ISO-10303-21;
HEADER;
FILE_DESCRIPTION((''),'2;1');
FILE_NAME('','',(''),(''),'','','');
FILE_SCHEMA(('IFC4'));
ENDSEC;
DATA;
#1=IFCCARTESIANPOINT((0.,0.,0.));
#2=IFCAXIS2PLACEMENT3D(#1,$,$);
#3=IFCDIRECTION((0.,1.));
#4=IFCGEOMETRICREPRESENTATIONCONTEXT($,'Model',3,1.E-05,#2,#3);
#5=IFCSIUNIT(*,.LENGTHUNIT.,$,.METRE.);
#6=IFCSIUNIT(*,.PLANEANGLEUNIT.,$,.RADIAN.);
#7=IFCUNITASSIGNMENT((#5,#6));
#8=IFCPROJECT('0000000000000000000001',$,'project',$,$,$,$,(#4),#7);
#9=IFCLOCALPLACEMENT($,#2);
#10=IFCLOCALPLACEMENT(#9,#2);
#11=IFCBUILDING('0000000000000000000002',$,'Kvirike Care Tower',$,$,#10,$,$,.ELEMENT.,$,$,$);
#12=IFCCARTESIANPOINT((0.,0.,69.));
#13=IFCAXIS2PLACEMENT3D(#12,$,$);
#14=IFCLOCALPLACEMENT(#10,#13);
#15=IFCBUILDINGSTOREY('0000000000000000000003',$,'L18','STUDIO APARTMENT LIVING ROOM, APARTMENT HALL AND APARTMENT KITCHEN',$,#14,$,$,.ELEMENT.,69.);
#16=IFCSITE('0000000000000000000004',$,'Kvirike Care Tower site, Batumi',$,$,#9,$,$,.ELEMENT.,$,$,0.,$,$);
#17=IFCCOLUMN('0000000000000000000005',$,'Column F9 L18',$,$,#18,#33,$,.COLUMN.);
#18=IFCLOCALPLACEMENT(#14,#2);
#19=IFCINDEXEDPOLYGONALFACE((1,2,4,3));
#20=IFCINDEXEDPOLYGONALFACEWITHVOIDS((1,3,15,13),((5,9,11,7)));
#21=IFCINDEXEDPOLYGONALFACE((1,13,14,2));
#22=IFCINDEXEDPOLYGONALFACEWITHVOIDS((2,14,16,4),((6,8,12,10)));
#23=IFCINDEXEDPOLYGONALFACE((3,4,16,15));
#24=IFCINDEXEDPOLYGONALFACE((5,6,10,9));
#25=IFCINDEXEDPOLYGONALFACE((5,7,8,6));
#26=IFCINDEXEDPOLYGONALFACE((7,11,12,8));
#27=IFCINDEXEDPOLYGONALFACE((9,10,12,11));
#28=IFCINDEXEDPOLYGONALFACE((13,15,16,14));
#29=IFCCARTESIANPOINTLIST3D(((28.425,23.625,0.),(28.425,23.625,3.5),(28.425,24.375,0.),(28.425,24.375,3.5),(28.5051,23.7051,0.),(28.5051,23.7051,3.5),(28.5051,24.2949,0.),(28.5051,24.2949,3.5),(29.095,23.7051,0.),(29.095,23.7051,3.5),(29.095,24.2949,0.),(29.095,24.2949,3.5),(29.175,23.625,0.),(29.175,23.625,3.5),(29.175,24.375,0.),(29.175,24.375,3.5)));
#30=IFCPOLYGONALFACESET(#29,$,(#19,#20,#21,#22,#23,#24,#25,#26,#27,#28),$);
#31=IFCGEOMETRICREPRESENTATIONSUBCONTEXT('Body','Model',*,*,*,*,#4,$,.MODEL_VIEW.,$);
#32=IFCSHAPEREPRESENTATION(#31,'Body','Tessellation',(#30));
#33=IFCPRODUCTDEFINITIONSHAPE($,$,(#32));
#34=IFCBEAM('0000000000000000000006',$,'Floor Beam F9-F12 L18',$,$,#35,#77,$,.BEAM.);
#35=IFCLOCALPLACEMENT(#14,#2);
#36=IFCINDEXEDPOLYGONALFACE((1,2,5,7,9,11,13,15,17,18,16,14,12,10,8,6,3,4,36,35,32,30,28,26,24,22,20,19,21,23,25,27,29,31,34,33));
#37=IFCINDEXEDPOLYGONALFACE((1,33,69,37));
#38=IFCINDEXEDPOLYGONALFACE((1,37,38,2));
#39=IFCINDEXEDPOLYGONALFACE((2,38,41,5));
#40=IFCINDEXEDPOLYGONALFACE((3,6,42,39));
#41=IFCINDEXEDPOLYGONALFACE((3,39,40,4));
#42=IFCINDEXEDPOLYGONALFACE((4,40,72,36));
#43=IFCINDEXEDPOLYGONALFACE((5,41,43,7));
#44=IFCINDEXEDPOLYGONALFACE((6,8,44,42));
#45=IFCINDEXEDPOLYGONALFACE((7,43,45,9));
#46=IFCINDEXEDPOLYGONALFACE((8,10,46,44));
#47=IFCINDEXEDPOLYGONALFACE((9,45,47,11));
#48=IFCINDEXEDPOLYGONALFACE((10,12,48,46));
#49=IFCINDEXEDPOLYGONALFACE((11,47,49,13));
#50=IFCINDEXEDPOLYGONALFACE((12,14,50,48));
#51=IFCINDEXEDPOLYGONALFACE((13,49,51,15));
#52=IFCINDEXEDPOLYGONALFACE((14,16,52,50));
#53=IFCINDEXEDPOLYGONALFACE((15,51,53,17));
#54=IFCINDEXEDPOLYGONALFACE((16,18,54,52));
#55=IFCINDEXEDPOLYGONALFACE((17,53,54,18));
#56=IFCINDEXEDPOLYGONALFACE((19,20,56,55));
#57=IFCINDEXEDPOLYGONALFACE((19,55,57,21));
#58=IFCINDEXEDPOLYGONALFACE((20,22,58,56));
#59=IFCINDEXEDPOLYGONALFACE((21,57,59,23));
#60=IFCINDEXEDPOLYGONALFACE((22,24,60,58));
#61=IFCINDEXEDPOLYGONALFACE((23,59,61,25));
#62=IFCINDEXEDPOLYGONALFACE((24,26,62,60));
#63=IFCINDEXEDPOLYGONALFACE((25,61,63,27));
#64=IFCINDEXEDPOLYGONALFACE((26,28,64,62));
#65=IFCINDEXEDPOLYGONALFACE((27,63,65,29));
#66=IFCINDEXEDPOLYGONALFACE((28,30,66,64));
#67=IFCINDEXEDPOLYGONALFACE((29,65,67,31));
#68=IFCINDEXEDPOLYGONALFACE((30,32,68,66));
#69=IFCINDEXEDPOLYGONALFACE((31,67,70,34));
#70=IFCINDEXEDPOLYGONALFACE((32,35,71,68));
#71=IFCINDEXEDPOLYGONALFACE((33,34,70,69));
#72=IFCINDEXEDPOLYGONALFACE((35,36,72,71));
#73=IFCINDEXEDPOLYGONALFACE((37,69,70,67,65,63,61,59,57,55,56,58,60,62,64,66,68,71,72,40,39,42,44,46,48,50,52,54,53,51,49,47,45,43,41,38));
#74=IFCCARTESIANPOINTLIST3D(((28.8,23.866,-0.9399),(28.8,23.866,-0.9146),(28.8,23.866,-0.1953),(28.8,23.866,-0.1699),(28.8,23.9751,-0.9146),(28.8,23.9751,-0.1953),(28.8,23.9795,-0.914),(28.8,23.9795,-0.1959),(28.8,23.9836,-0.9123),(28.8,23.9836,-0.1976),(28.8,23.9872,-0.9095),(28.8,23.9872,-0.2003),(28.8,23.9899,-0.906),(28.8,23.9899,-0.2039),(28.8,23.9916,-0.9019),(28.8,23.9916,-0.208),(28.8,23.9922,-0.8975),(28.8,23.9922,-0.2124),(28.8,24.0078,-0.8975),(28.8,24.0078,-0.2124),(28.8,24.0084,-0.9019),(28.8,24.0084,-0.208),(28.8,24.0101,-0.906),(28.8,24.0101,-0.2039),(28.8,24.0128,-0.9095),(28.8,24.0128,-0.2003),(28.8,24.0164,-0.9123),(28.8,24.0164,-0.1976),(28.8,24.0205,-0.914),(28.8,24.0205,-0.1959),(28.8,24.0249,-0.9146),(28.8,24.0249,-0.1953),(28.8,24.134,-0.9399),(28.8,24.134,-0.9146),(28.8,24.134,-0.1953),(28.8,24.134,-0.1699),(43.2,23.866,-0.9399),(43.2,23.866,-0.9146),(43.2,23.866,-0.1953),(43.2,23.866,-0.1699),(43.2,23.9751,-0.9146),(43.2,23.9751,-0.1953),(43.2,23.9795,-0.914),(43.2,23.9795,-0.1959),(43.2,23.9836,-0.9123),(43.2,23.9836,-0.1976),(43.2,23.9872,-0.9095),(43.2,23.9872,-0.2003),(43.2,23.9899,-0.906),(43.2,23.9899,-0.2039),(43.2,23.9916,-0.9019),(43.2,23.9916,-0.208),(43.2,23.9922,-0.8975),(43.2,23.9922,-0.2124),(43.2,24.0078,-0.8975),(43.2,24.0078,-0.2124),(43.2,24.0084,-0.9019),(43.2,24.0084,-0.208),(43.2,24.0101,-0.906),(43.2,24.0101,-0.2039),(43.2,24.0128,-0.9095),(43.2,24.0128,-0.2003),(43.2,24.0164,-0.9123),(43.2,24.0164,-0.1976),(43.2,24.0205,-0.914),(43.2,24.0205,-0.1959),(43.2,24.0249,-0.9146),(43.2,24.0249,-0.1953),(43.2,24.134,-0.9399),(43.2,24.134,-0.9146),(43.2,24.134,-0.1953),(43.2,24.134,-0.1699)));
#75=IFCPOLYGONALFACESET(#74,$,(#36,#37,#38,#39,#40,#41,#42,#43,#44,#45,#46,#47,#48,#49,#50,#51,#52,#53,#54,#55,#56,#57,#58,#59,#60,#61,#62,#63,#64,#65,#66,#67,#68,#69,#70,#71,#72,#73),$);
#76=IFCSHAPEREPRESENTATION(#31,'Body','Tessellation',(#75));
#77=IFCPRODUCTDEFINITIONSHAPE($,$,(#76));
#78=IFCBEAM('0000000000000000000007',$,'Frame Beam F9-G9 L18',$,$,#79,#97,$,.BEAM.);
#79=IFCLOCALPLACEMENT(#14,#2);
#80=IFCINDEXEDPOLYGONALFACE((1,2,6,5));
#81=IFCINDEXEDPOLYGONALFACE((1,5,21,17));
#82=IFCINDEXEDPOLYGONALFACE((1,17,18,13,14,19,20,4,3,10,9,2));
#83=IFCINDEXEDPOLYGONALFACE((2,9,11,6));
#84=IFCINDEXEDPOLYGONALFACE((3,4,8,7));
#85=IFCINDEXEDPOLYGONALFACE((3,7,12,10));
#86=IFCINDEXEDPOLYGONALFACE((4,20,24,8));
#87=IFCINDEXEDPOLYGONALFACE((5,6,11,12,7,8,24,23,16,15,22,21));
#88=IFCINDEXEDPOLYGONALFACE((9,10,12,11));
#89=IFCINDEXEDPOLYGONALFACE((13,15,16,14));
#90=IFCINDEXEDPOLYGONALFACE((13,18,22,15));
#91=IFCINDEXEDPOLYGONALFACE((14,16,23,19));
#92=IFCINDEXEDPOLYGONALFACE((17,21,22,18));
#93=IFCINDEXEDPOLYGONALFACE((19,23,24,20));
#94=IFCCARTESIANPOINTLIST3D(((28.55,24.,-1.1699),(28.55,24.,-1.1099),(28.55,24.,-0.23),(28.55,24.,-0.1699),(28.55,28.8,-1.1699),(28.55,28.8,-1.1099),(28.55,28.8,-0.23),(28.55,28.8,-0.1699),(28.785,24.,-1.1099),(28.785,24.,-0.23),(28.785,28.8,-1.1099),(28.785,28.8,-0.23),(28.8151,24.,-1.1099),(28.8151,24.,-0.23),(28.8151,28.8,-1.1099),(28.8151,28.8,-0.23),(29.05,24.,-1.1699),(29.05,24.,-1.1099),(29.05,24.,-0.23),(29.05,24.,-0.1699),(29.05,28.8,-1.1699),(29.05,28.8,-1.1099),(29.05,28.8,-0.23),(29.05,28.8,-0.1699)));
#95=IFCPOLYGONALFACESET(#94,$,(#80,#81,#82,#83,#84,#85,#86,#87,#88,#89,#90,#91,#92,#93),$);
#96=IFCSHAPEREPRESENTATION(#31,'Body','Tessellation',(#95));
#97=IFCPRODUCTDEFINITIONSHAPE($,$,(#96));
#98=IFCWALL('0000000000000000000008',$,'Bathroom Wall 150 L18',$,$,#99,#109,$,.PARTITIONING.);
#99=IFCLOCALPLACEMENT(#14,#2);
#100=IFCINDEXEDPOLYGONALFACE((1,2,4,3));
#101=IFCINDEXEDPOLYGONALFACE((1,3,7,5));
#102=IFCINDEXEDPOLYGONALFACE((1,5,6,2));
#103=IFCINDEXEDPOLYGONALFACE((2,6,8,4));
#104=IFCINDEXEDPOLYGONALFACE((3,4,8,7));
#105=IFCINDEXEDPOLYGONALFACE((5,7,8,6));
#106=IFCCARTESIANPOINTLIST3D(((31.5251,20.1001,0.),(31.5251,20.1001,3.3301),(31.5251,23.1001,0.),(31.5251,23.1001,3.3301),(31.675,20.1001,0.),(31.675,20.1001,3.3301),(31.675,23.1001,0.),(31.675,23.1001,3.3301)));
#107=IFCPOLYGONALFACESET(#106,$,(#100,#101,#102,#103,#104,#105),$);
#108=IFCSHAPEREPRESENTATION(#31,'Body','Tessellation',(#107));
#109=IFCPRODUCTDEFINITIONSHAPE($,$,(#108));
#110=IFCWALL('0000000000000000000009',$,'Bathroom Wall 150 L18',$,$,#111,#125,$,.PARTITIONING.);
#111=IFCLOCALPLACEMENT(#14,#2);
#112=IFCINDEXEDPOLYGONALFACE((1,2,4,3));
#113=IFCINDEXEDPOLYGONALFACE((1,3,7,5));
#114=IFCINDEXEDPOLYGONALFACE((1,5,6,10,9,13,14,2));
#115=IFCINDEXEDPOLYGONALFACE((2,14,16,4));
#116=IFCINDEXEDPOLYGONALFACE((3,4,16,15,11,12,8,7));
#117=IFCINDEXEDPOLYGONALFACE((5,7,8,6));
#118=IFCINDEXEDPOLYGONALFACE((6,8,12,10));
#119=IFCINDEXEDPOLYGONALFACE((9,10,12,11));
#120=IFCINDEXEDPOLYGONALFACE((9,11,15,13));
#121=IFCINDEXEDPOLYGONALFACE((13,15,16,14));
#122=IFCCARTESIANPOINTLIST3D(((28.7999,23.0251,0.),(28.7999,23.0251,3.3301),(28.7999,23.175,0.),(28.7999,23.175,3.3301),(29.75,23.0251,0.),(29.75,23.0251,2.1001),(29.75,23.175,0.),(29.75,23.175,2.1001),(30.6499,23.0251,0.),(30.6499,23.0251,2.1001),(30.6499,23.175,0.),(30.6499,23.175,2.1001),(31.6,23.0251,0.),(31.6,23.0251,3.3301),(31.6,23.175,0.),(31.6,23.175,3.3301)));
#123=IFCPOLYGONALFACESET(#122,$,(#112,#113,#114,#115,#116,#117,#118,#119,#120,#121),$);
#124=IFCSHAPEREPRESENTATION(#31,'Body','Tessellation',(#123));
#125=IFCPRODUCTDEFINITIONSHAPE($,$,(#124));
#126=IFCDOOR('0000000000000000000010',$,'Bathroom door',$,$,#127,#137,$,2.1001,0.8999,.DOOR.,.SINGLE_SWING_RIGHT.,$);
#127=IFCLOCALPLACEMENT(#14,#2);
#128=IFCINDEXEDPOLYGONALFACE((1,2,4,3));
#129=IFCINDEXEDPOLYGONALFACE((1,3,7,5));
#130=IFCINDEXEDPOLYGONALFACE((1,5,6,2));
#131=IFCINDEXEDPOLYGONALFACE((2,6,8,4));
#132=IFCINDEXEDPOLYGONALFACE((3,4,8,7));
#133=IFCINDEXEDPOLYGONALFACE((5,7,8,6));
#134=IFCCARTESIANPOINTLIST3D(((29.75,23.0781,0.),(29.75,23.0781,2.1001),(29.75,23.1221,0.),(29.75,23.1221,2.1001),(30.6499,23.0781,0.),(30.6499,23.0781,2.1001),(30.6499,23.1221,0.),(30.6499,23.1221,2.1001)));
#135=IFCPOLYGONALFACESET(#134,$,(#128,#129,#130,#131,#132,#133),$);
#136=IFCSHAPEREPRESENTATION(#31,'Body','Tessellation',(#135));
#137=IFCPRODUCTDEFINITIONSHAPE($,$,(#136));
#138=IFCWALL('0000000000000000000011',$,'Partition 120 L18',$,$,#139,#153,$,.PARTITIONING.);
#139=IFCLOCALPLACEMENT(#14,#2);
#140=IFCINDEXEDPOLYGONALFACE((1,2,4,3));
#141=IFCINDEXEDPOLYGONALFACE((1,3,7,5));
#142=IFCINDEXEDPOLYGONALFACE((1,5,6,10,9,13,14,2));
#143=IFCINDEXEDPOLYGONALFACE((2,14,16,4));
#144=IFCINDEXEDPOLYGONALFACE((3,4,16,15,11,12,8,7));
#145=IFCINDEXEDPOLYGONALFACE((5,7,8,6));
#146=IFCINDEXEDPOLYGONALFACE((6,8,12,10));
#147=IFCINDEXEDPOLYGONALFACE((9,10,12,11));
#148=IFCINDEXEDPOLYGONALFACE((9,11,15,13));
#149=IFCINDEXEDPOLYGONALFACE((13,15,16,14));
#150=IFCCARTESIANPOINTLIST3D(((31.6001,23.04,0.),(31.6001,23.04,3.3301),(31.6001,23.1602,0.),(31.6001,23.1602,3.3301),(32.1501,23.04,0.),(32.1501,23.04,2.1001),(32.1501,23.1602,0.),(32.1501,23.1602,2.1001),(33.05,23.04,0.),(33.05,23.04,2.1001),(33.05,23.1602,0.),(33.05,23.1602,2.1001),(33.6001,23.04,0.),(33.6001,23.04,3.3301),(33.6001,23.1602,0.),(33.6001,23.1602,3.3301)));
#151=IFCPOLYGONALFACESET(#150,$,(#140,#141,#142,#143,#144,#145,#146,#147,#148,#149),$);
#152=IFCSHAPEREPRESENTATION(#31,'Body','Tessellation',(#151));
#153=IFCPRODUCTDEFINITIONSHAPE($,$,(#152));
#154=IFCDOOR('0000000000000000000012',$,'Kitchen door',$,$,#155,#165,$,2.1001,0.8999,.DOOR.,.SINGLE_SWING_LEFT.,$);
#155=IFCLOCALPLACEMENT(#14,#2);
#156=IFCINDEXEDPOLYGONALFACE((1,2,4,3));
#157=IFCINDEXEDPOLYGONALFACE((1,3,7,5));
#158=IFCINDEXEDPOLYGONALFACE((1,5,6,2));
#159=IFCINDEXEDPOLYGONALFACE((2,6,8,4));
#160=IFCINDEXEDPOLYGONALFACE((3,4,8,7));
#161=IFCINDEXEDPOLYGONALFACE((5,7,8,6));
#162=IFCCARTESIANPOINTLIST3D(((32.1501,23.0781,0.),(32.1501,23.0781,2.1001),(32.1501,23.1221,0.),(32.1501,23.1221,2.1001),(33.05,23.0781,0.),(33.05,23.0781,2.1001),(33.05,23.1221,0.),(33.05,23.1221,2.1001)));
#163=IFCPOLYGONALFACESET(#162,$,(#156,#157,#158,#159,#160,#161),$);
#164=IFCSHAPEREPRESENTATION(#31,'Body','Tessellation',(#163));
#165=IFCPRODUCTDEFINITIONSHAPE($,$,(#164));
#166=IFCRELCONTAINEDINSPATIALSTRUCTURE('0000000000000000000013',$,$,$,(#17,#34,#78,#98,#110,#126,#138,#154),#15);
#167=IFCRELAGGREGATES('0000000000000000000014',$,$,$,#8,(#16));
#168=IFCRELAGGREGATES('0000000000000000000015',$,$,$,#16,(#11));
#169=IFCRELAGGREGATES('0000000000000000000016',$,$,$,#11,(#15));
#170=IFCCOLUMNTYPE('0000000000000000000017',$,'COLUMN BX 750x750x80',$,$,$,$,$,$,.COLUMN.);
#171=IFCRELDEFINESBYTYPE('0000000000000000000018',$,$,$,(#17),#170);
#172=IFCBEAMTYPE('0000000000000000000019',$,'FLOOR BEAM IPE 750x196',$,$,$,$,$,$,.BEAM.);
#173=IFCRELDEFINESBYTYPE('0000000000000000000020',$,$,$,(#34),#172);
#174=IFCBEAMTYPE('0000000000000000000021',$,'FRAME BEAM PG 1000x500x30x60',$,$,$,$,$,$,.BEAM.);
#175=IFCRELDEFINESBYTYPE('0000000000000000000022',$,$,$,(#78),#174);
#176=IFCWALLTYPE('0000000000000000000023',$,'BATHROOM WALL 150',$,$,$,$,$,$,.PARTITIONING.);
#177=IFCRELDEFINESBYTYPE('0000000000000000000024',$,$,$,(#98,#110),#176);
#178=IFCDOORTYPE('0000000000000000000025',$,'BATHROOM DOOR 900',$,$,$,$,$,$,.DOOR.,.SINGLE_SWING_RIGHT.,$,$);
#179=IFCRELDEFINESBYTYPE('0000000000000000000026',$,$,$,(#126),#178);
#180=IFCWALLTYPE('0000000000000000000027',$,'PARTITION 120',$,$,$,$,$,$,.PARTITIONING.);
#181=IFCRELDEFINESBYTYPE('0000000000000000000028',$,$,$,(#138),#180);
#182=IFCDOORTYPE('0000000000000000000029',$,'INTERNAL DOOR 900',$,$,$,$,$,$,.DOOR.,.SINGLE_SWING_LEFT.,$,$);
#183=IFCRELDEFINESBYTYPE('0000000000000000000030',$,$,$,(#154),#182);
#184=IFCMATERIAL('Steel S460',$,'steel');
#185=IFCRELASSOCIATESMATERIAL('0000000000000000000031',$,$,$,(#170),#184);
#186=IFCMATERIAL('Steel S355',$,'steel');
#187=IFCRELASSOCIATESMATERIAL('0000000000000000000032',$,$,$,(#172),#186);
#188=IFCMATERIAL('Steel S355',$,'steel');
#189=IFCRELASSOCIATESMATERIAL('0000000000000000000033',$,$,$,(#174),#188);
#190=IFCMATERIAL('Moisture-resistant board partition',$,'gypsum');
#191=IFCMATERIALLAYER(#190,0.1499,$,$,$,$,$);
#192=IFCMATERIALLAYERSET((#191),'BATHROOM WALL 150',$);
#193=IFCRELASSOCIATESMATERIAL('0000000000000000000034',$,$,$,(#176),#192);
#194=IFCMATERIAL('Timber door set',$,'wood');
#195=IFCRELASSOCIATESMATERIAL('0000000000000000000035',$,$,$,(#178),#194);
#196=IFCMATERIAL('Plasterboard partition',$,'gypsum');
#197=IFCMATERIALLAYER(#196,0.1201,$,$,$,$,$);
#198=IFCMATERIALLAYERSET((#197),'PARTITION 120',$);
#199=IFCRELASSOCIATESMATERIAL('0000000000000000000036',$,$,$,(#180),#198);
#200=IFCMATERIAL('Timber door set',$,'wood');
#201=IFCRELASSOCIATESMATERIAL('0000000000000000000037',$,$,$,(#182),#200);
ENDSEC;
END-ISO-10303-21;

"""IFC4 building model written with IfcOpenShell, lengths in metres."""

from ifc_helpers import new_model, si_unit, direction, frame, frame_2d, origin, origin_2d, place, context, subcontext, project, spatial, rectangle, hollow_rectangle, i_section, extrude, material, layer, layer_set, material_profile, profile_set, type_object, element, fill, save


model = new_model("IFC4")

# Units and contexts
model_context = context("Model", 3, precision=1e-05, world=origin(), true_north=direction((0.0, 1.0)))
body_context = subcontext(model_context, "Body", "Model", "MODEL_VIEW")
ifc_project = project(units=[si_unit("LENGTHUNIT", "METRE"), si_unit("PLANEANGLEUNIT", "RADIAN")], contexts=[model_context])

# Site, building, storey
site_placement = place(None, origin())
site = spatial("IfcSite", under=ifc_project, at=site_placement, Name="Kvirike Care Tower site, Batumi", CompositionType="ELEMENT", RefElevation=0.0)
building_placement = place(site_placement, origin())
building = spatial("IfcBuilding", under=site, at=building_placement, Name="Kvirike Care Tower", CompositionType="ELEMENT")
storey_placement = place(building_placement, frame((0.0, 0.0, 69.0)))
storey = spatial("IfcBuildingStorey", under=building, at=storey_placement, Name="L18", Description="STUDIO APARTMENT LIVING ROOM, APARTMENT HALL AND APARTMENT KITCHEN", CompositionType="ELEMENT", Elevation=69.0)

# Column
ifc_material_1 = material(Name="Steel S460", Category="steel")
ifc_material_profile_1 = material_profile(ifc_material_1, hollow_rectangle(XDim=0.75, YDim=0.75, WallThickness=0.0801, at=origin_2d()), Name="BX 750x750x80")
ifc_profile_set_1 = profile_set([ifc_material_profile_1], Name="Steel S460")
column_type = type_object("IfcColumnType", Name="COLUMN BX 750x750x80", PredefinedType="COLUMN", material=ifc_profile_set_1)
column_placement = place(storey_placement, frame((28.8, 24.0, 0.0), z_axis=(0.0, 0.0, 1.0), x_axis=(1.0, 0.0, 0.0)))
element("IfcColumn", 1, at=column_placement, inside=storey, type_object=column_type, Name="Column F9 L18", PredefinedType="COLUMN", context=body_context, shape_type="SweptSolid", body=[
    extrude(hollow_rectangle(XDim=0.75, YDim=0.75, WallThickness=0.0801, at=origin_2d()), origin(), (0.0, 0.0, 1.0), 3.5),
])

# Beams
ifc_material_2 = material(Name="Steel S355", Category="steel")
ifc_material_profile_2 = material_profile(ifc_material_2, i_section(OverallWidth=0.2681, OverallDepth=0.77, WebThickness=0.0156, FlangeThickness=0.0254, FilletRadius=0.0171, at=origin_2d()), Name="IPE 750x196")
ifc_profile_set_2 = profile_set([ifc_material_profile_2], Name="Steel S355")
beam_type_1 = type_object("IfcBeamType", Name="FLOOR BEAM IPE 750x196", PredefinedType="BEAM", material=ifc_profile_set_2)
beam_1_placement = place(storey_placement, frame((28.8, 24.0, -0.5549), z_axis=(1.0, 0.0, 0.0), x_axis=(0.0, 1.0, 0.0)))
element("IfcBeam", 2, at=beam_1_placement, inside=storey, type_object=beam_type_1, Name="Floor Beam F9-F12 L18", PredefinedType="BEAM", context=body_context, shape_type="SweptSolid", body=[
    extrude(i_section(OverallWidth=0.2681, OverallDepth=0.77, WebThickness=0.0156, FlangeThickness=0.0254, FilletRadius=0.0171, at=origin_2d()), origin(), (0.0, 0.0, 1.0), 14.3999),
])
ifc_material_3 = material(Name="Steel S355", Category="steel")
ifc_material_profile_3 = material_profile(ifc_material_3, i_section(OverallWidth=0.5, OverallDepth=1.0, WebThickness=0.03, FlangeThickness=0.0601, at=origin_2d()), Name="PG 1000x500x30x60")
ifc_profile_set_3 = profile_set([ifc_material_profile_3], Name="Steel S355")
beam_type_2 = type_object("IfcBeamType", Name="FRAME BEAM PG 1000x500x30x60", PredefinedType="BEAM", material=ifc_profile_set_3)
beam_2_placement = place(storey_placement, frame((28.8, 24.0, -0.6699), z_axis=(0.0, 1.0, 0.0), x_axis=(-1.0, 0.0, 0.0)))
element("IfcBeam", 3, at=beam_2_placement, inside=storey, type_object=beam_type_2, Name="Frame Beam F9-G9 L18", PredefinedType="BEAM", context=body_context, shape_type="SweptSolid", body=[
    extrude(i_section(OverallWidth=0.5, OverallDepth=1.0, WebThickness=0.03, FlangeThickness=0.0601, at=origin_2d()), origin(), (0.0, 0.0, 1.0), 4.8),
])

# Wall
ifc_material_4 = material(Name="Moisture-resistant board partition", Category="gypsum")
ifc_layer_1 = layer(ifc_material_4, 0.1499)
ifc_layer_set_1 = layer_set([ifc_layer_1], Name="BATHROOM WALL 150")
wall_type_1 = type_object("IfcWallType", Name="BATHROOM WALL 150", PredefinedType="PARTITIONING", material=ifc_layer_set_1)
wall_1_placement = place(storey_placement, frame((31.6001, 20.1001, 0.0), z_axis=(0.0, 0.0, 1.0), x_axis=(0.0, 1.0, 0.0)))
element("IfcWall", 4, at=wall_1_placement, inside=storey, type_object=wall_type_1, Name="Bathroom Wall 150 L18", PredefinedType="PARTITIONING", context=body_context, shape_type="SweptSolid", body=[
    extrude(rectangle(XDim=3.0, YDim=0.1499, at=frame_2d((1.5, 0.0))), origin(), (0.0, 0.0, 1.0), 3.3301),
])

# Walls, openings, doors
wall_2_placement = place(storey_placement, frame((28.8, 23.1001, 0.0), z_axis=(0.0, 0.0, 1.0), x_axis=(1.0, 0.0, 0.0)))
wall_2 = element("IfcWall", 5, at=wall_2_placement, inside=storey, type_object=wall_type_1, Name="Bathroom Wall 150 L18", PredefinedType="PARTITIONING", context=body_context, shape_type="SweptSolid", body=[
    extrude(rectangle(XDim=2.8, YDim=0.1499, at=frame_2d((1.3999, 0.0))), origin(), (0.0, 0.0, 1.0), 3.3301),
])
opening_1_placement = place(wall_2_placement, frame((0.95, 0.0, 0.0)))
opening_1 = element("IfcOpeningElement", 6, at=opening_1_placement, cuts=wall_2, PredefinedType="OPENING", context=body_context, shape_type="SweptSolid", body=[
    extrude(rectangle(XDim=0.8999, YDim=2.1001, at=frame_2d((0.45, 1.05))), frame((0.0, 0.0854, 0.0), z_axis=(0.0, -1.0, 0.0), x_axis=(1.0, 0.0, 0.0)), (0.0, 0.0, 1.0), 0.1709),
])
ifc_material_5 = material(Name="Timber door set", Category="wood")
door_type_1 = type_object("IfcDoorType", Name="BATHROOM DOOR 900", OperationType="SINGLE_SWING_RIGHT", PredefinedType="DOOR", material=ifc_material_5)
door_1_placement = place(opening_1_placement, frame((0.8999, 0.0, 0.0), z_axis=(0.0, 0.0, 1.0), x_axis=(-1.0, 0.0, 0.0)))
door_1 = element("IfcDoor", 7, at=door_1_placement, inside=storey, type_object=door_type_1, Name="Bathroom door", OperationType="SINGLE_SWING_RIGHT", OverallHeight=2.1001, OverallWidth=0.8999, PredefinedType="DOOR", context=body_context, shape_type="SweptSolid", body=[
    extrude(rectangle(XDim=0.8999, YDim=2.1001, at=frame_2d((0.45, 1.05))), frame((0.0, 0.022, 0.0), z_axis=(0.0, -1.0, 0.0), x_axis=(1.0, 0.0, 0.0)), (0.0, 0.0, 1.0), 0.0439),
])
fill(opening_1, door_1)
ifc_material_6 = material(Name="Plasterboard partition", Category="gypsum")
ifc_layer_2 = layer(ifc_material_6, 0.1201)
ifc_layer_set_2 = layer_set([ifc_layer_2], Name="PARTITION 120")
wall_type_2 = type_object("IfcWallType", Name="PARTITION 120", PredefinedType="PARTITIONING", material=ifc_layer_set_2)
wall_3_placement = place(storey_placement, frame((31.6001, 23.1001, 0.0), z_axis=(0.0, 0.0, 1.0), x_axis=(1.0, 0.0, 0.0)))
wall_3 = element("IfcWall", 8, at=wall_3_placement, inside=storey, type_object=wall_type_2, Name="Partition 120 L18", PredefinedType="PARTITIONING", context=body_context, shape_type="SweptSolid", body=[
    extrude(rectangle(XDim=2.0, YDim=0.1201, at=frame_2d((1.0, 0.0))), origin(), (0.0, 0.0, 1.0), 3.3301),
])
opening_2_placement = place(wall_3_placement, frame((0.55, 0.0, 0.0)))
opening_2 = element("IfcOpeningElement", 9, at=opening_2_placement, cuts=wall_3, PredefinedType="OPENING", context=body_context, shape_type="SweptSolid", body=[
    extrude(rectangle(XDim=0.8999, YDim=2.1001, at=frame_2d((0.45, 1.05))), frame((0.0, 0.0706, 0.0), z_axis=(0.0, -1.0, 0.0), x_axis=(1.0, 0.0, 0.0)), (0.0, 0.0, 1.0), 0.1411),
])
ifc_material_7 = material(Name="Timber door set", Category="wood")
door_type_2 = type_object("IfcDoorType", Name="INTERNAL DOOR 900", OperationType="SINGLE_SWING_LEFT", PredefinedType="DOOR", material=ifc_material_7)
door_2_placement = place(opening_2_placement, frame((0.8999, 0.0, 0.0), z_axis=(0.0, 0.0, 1.0), x_axis=(-1.0, 0.0, 0.0)))
door_2 = element("IfcDoor", 10, at=door_2_placement, inside=storey, type_object=door_type_2, Name="Kitchen door", OperationType="SINGLE_SWING_LEFT", OverallHeight=2.1001, OverallWidth=0.8999, PredefinedType="DOOR", context=body_context, shape_type="SweptSolid", body=[
    extrude(rectangle(XDim=0.8999, YDim=2.1001, at=frame_2d((0.45, 1.05))), frame((0.0, 0.022, 0.0), z_axis=(0.0, -1.0, 0.0), x_axis=(1.0, 0.0, 0.0)), (0.0, 0.0, 1.0), 0.0439),
])
fill(opening_2, door_2)

save(model, "model.ifc")
